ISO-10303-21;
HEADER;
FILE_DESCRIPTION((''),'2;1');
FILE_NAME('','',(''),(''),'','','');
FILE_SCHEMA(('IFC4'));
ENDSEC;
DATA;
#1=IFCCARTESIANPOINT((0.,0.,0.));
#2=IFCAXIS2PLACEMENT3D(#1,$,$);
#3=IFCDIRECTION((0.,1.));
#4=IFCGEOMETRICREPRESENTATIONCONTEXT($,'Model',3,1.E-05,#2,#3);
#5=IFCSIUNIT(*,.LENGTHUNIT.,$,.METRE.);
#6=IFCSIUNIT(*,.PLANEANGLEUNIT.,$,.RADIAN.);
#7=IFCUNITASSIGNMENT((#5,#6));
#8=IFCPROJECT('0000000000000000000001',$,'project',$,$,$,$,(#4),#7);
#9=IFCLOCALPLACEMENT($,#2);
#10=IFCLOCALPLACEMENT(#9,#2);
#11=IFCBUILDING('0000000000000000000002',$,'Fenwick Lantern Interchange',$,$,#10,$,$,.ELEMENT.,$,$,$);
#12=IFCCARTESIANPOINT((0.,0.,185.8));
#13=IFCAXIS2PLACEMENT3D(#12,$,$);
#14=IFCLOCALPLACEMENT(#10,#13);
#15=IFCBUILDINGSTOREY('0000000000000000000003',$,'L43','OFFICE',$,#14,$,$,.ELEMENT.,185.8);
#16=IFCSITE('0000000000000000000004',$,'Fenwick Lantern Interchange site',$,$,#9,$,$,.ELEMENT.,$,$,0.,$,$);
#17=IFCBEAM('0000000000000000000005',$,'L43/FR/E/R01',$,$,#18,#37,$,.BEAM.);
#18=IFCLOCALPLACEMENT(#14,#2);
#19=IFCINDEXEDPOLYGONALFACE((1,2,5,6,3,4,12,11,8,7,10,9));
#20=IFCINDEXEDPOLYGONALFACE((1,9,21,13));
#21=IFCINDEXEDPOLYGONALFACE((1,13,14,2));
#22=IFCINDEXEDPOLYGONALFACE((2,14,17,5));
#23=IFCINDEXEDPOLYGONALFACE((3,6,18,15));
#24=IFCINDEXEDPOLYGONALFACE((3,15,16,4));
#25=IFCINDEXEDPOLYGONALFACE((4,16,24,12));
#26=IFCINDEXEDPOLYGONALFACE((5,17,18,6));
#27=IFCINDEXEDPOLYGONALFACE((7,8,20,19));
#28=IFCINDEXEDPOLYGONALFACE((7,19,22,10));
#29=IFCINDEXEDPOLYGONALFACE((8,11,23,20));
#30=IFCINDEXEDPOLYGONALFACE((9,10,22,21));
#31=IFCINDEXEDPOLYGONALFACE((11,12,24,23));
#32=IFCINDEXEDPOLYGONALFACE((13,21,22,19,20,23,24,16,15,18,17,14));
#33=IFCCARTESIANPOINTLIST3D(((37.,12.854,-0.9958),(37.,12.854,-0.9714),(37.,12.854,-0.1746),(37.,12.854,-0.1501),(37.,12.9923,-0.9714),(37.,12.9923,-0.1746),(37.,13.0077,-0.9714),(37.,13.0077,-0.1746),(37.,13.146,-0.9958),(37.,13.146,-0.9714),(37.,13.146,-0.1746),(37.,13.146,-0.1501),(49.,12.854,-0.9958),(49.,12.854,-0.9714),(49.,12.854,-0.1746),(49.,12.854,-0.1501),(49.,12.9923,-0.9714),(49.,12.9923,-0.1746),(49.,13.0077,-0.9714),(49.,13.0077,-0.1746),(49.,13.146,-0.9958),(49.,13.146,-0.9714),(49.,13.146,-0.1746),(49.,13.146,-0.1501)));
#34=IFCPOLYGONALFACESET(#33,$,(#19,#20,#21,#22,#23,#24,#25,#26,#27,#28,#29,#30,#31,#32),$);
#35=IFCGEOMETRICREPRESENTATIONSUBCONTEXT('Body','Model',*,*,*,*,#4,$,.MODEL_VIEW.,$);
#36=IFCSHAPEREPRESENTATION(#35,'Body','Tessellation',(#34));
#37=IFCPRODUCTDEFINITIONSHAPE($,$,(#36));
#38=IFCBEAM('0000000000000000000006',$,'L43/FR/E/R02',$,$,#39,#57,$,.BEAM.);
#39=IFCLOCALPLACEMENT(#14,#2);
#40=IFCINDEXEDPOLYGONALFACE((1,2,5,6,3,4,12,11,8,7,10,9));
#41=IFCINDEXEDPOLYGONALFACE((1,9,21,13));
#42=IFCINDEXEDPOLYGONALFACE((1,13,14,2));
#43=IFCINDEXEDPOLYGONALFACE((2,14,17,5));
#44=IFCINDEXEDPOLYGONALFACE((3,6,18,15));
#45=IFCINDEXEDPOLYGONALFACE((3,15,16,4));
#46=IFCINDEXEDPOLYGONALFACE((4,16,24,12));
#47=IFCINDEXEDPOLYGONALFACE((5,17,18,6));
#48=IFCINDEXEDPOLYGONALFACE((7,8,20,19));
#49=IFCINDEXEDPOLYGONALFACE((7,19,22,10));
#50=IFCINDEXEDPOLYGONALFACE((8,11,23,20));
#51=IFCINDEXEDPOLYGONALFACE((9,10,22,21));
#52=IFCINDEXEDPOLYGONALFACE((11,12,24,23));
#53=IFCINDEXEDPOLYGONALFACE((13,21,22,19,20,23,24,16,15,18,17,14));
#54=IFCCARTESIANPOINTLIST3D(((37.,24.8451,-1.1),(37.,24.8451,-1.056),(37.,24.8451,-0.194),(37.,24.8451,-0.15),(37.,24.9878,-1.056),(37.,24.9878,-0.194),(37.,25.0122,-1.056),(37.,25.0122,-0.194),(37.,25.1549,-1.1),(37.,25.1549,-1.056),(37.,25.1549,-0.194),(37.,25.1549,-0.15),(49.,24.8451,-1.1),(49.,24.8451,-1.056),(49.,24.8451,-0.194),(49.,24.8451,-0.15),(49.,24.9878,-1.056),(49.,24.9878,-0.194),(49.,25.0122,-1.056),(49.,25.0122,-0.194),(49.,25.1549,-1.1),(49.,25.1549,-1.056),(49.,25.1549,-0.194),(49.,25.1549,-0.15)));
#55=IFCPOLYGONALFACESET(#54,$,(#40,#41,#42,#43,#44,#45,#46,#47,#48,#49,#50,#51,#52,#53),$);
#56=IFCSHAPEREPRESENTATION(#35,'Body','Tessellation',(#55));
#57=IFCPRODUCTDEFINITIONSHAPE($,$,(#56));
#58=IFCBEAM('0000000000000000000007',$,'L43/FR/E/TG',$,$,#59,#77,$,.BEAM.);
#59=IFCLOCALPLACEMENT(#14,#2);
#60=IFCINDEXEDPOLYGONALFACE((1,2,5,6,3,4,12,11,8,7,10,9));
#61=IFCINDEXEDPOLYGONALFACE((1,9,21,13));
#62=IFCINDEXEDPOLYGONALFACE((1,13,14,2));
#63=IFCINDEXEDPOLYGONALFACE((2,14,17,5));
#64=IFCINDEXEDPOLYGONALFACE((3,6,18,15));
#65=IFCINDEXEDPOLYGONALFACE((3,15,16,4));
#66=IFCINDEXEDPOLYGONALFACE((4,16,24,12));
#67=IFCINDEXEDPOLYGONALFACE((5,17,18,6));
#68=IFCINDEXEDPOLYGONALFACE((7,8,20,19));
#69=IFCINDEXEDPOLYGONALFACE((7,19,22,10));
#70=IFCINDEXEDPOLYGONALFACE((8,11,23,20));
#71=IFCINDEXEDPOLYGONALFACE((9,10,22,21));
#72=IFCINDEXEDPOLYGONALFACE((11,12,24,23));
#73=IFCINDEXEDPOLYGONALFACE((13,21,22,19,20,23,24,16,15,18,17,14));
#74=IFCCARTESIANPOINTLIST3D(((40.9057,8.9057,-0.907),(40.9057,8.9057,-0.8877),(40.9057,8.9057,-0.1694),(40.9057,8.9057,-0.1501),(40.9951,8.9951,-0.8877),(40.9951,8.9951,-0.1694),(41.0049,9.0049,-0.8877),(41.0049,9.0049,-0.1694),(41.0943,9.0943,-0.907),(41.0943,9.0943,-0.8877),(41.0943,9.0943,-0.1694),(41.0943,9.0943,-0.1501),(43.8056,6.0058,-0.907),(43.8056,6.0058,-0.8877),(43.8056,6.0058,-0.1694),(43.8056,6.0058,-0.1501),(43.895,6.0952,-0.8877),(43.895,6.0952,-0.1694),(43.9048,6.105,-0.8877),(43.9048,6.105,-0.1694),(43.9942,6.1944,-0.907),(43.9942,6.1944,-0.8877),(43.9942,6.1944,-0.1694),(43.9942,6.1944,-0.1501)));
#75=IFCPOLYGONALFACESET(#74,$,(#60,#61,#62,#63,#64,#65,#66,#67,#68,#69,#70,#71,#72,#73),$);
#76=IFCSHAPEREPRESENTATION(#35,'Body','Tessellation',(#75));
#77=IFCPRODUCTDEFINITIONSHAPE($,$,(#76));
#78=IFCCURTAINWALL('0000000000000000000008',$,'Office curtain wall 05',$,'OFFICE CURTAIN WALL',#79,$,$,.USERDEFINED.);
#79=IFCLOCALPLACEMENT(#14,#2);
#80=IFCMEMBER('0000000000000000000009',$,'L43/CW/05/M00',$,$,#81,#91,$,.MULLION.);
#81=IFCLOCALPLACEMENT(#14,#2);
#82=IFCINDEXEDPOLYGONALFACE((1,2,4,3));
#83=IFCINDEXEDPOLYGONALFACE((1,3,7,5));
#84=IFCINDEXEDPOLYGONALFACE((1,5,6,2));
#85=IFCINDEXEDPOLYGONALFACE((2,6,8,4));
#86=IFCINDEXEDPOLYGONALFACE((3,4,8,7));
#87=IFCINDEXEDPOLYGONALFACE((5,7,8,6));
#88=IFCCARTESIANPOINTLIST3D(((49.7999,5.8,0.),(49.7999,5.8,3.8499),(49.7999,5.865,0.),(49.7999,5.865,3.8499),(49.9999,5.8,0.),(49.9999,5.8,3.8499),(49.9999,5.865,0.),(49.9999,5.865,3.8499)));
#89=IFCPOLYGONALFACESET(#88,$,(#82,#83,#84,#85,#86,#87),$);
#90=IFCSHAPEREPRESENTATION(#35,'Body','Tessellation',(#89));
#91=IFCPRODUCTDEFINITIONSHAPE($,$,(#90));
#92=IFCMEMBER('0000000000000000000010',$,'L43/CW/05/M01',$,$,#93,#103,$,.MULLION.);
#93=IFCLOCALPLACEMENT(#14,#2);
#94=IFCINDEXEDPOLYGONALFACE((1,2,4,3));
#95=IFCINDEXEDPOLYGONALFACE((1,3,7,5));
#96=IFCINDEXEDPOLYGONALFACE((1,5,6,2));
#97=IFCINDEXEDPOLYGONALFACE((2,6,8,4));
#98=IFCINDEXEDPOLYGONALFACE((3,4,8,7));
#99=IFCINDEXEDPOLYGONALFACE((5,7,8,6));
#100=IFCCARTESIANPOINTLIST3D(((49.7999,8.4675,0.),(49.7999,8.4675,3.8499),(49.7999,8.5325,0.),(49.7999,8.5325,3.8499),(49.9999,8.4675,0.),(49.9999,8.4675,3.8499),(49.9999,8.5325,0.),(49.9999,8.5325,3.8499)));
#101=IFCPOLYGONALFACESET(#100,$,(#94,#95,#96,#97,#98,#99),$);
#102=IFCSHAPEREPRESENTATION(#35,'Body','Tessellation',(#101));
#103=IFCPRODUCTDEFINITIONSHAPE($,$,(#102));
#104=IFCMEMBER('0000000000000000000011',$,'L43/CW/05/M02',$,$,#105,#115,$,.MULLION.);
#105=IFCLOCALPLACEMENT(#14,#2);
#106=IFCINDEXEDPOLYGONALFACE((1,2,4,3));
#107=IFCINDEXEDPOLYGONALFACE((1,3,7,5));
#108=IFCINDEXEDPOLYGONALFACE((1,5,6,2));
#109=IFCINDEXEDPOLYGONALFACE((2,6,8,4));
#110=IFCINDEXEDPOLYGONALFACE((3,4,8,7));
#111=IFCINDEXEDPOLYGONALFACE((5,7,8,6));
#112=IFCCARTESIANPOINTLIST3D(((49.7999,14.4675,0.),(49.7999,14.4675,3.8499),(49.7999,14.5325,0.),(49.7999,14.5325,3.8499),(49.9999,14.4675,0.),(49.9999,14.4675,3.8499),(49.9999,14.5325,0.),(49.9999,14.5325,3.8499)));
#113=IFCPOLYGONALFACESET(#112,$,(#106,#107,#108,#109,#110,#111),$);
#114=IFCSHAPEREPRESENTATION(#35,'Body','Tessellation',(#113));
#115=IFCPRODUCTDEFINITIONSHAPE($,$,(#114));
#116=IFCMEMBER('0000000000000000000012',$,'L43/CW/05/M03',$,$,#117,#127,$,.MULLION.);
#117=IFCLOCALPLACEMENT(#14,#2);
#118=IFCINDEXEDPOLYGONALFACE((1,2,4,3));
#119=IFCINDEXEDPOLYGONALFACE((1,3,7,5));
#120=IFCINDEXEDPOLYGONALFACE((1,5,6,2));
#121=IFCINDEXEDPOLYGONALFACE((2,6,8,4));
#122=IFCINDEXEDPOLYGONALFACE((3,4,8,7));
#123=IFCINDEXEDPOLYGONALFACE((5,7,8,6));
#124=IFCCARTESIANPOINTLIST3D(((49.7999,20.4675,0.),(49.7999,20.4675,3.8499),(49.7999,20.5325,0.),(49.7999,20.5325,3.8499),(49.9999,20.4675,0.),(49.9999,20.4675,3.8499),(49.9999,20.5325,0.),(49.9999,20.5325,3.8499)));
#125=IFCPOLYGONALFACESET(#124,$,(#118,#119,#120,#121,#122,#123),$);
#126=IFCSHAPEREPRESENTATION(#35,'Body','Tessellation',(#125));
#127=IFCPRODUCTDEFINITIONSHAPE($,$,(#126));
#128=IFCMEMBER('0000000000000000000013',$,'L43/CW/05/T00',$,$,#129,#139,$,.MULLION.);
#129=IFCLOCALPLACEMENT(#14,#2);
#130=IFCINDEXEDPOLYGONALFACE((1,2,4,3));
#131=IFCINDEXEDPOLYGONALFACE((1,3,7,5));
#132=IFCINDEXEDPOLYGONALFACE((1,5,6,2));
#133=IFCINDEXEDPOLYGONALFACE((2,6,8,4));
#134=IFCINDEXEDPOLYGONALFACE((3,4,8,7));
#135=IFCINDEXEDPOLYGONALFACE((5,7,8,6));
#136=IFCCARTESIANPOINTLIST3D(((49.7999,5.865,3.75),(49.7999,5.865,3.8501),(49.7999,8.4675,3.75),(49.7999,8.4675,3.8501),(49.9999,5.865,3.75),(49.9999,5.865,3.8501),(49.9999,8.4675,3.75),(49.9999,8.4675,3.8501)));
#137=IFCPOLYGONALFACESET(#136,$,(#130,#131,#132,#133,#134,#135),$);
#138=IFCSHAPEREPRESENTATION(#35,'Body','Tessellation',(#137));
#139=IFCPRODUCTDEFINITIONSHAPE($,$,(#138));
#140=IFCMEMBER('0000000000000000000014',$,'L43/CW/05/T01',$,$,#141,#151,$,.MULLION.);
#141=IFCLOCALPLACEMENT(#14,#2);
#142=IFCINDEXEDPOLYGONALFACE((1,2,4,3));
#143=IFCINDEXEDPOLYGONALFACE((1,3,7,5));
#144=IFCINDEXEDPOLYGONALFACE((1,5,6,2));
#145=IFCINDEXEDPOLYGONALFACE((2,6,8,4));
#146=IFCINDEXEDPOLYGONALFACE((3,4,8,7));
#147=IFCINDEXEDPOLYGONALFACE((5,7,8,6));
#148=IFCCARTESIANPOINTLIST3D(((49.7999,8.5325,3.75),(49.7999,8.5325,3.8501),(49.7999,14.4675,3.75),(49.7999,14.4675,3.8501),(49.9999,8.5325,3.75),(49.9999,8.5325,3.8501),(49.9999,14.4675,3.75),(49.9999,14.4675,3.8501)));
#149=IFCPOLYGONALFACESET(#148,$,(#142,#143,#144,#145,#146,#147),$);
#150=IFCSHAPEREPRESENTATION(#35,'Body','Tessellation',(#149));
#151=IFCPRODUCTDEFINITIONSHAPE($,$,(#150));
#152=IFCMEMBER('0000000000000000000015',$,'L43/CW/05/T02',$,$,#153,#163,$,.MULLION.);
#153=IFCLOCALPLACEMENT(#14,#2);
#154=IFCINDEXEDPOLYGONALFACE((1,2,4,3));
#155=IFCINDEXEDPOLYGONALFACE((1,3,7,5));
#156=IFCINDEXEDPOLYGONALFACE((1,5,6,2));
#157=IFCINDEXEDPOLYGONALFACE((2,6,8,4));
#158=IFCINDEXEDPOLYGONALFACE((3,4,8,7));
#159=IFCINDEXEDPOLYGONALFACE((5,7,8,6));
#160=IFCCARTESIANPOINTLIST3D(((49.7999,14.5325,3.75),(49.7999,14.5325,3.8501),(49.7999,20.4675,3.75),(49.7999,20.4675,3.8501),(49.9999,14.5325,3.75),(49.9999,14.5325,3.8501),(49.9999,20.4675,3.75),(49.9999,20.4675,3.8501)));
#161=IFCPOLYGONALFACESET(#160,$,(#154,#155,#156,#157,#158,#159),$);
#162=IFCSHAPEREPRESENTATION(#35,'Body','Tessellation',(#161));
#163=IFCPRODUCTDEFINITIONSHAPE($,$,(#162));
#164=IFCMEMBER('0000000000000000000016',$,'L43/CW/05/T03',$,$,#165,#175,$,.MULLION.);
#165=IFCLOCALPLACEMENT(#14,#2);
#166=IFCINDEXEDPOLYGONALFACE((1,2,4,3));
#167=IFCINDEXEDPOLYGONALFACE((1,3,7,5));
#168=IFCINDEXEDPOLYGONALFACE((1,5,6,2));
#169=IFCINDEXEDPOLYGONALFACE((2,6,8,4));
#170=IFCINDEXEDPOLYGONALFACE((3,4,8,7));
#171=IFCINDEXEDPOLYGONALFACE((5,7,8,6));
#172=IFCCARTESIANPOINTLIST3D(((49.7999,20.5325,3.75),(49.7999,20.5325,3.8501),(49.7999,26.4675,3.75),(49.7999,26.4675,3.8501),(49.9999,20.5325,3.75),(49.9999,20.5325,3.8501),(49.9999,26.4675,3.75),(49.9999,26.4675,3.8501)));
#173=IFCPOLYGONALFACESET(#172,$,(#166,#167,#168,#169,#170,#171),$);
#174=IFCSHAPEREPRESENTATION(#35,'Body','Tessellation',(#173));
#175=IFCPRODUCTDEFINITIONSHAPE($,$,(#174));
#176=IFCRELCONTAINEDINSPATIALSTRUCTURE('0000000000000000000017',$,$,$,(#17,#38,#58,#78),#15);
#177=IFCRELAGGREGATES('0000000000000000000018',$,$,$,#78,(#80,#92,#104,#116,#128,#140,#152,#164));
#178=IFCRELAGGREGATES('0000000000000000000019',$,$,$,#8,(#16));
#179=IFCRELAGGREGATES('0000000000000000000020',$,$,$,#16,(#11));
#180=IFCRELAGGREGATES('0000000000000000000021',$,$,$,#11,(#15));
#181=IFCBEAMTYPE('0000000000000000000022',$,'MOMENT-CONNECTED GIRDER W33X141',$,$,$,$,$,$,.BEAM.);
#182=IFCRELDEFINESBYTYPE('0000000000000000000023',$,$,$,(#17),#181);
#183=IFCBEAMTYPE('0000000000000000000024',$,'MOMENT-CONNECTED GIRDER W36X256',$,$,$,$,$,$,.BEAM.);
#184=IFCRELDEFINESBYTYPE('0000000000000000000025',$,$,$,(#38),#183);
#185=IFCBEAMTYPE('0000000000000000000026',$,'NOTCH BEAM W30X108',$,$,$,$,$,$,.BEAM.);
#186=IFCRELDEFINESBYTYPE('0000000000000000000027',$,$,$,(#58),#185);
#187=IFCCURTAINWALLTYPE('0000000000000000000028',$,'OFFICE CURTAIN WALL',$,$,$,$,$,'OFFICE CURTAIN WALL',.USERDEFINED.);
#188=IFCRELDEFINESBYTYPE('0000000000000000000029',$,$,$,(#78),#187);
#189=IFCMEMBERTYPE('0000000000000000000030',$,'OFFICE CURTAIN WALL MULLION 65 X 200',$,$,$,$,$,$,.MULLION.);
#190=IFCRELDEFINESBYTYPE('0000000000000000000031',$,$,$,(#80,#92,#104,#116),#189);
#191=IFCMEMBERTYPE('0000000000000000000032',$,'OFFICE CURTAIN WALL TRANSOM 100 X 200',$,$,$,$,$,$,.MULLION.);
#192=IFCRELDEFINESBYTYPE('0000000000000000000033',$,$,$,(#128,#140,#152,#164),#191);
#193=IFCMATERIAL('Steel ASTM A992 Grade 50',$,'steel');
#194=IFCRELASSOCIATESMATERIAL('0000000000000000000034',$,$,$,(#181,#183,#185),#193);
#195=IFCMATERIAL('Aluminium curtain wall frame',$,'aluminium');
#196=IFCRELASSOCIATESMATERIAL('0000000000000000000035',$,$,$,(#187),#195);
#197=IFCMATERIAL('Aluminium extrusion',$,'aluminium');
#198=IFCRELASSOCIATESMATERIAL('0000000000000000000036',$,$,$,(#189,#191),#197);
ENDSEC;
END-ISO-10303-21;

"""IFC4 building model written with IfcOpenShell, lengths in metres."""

from ifc_helpers import new_model, si_unit, direction, frame, origin, origin_2d, place, context, subcontext, project, spatial, rectangle, i_section, extrude, material, material_profile, profile_set, type_object, element, aggregate, save


model = new_model("IFC4")

# Units and contexts
model_context = context("Model", 3, precision=1e-05, world=origin(), true_north=direction((0.0, 1.0)))
body_context = subcontext(model_context, "Body", "Model", "MODEL_VIEW")
ifc_project = project(units=[si_unit("LENGTHUNIT", "METRE"), si_unit("PLANEANGLEUNIT", "RADIAN")], contexts=[model_context])

# Site, building, storey
site_placement = place(None, origin())
site = spatial("IfcSite", under=ifc_project, at=site_placement, Name="Fenwick Lantern Interchange site", CompositionType="ELEMENT", RefElevation=0.0)
building_placement = place(site_placement, origin())
building = spatial("IfcBuilding", under=site, at=building_placement, Name="Fenwick Lantern Interchange", CompositionType="ELEMENT")
storey_placement = place(building_placement, frame((0.0, 0.0, 185.8)))
storey = spatial("IfcBuildingStorey", under=building, at=storey_placement, Name="L43", Description="OFFICE", CompositionType="ELEMENT", Elevation=185.8)

# Shared definitions
ifc_material_1 = material(Name="Steel ASTM A992 Grade 50", Category="steel")

# Beams
ifc_material_profile_1 = material_profile(ifc_material_1, i_section(OverallWidth=0.292, OverallDepth=0.8457, WebThickness=0.0154, FlangeThickness=0.0244, at=origin_2d()), Name="W33X141")
ifc_profile_set_1 = profile_set([ifc_material_profile_1], Name="Steel ASTM A992 Grade 50")
beam_type_1 = type_object("IfcBeamType", Name="MOMENT-CONNECTED GIRDER W33X141", PredefinedType="BEAM", material=ifc_profile_set_1)
beam_1_placement = place(storey_placement, frame((49.0, 13.0, -0.573), z_axis=(-1.0, 0.0, 0.0), x_axis=(0.0, -1.0, 0.0)))
element("IfcBeam", 1, at=beam_1_placement, inside=storey, type_object=beam_type_1, Name="L43/FR/E/R01", PredefinedType="BEAM", context=body_context, shape_type="SweptSolid", body=[
    extrude(i_section(OverallWidth=0.292, OverallDepth=0.8457, WebThickness=0.0154, FlangeThickness=0.0244, at=origin_2d()), origin(), (0.0, 0.0, 1.0), 12.0),
])
ifc_material_profile_2 = material_profile(ifc_material_1, i_section(OverallWidth=0.3098, OverallDepth=0.95, WebThickness=0.0244, FlangeThickness=0.0439, at=origin_2d()), Name="W36X256")
ifc_profile_set_2 = profile_set([ifc_material_profile_2], Name="Steel ASTM A992 Grade 50")
beam_type_2 = type_object("IfcBeamType", Name="MOMENT-CONNECTED GIRDER W36X256", PredefinedType="BEAM", material=ifc_profile_set_2)
beam_2_placement = place(storey_placement, frame((49.0, 25.0, -0.625), z_axis=(-1.0, 0.0, 0.0), x_axis=(0.0, -1.0, 0.0)))
element("IfcBeam", 2, at=beam_2_placement, inside=storey, type_object=beam_type_2, Name="L43/FR/E/R02", PredefinedType="BEAM", context=body_context, shape_type="SweptSolid", body=[
    extrude(i_section(OverallWidth=0.3098, OverallDepth=0.95, WebThickness=0.0244, FlangeThickness=0.0439, at=origin_2d()), origin(), (0.0, 0.0, 1.0), 12.0),
])
ifc_material_profile_3 = material_profile(ifc_material_1, i_section(OverallWidth=0.2666, OverallDepth=0.7568, WebThickness=0.0139, FlangeThickness=0.0193, at=origin_2d()), Name="W30X108")
ifc_profile_set_3 = profile_set([ifc_material_profile_3], Name="Steel ASTM A992 Grade 50")
beam_type_3 = type_object("IfcBeamType", Name="NOTCH BEAM W30X108", PredefinedType="BEAM", material=ifc_profile_set_3)
beam_3_placement = place(storey_placement, frame((41.0, 9.0, -0.5286), z_axis=(0.707107, -0.707107, 0.0), x_axis=(0.707107, 0.707107, 0.0)))
element("IfcBeam", 3, at=beam_3_placement, inside=storey, type_object=beam_type_3, Name="L43/FR/E/TG", PredefinedType="BEAM", context=body_context, shape_type="SweptSolid", body=[
    extrude(i_section(OverallWidth=0.2666, OverallDepth=0.7568, WebThickness=0.0139, FlangeThickness=0.0193, at=origin_2d()), origin(), (0.0, 0.0, 1.0), 4.1011),
])

# Curtain wall, members
ifc_material_2 = material(Name="Aluminium curtain wall frame", Category="aluminium")
curtain_wall_type = type_object("IfcCurtainWallType", Name="OFFICE CURTAIN WALL", ElementType="OFFICE CURTAIN WALL", PredefinedType="USERDEFINED", material=ifc_material_2)
curtain_wall_placement = place(storey_placement, origin())
curtain_wall = element("IfcCurtainWall", 4, at=curtain_wall_placement, inside=storey, type_object=curtain_wall_type, Name="Office curtain wall 05", ObjectType="OFFICE CURTAIN WALL", PredefinedType="USERDEFINED")
ifc_material_3 = material(Name="Aluminium extrusion", Category="aluminium")
ifc_material_profile_4 = material_profile(ifc_material_3, rectangle(XDim=0.2, YDim=0.0649, at=origin_2d()), Name="OFFICE CURTAIN WALL MULLION 65 X 200")
ifc_profile_set_4 = profile_set([ifc_material_profile_4], Name="Aluminium extrusion")
member_type_1 = type_object("IfcMemberType", Name="OFFICE CURTAIN WALL MULLION 65 X 200", PredefinedType="MULLION", material=ifc_profile_set_4)
member_1_placement = place(storey_placement, frame((49.8999, 5.8325, 0.0), z_axis=(0.0, 0.0, 1.0), x_axis=(-1.0, 0.0, 0.0)))
member_1 = element("IfcMember", 5, at=member_1_placement, type_object=member_type_1, Name="L43/CW/05/M00", PredefinedType="MULLION", context=body_context, shape_type="SweptSolid", body=[
    extrude(rectangle(XDim=0.2, YDim=0.0649, at=origin_2d()), origin(), (0.0, 0.0, 1.0), 3.8499),
])
member_2_placement = place(storey_placement, frame((49.8999, 8.5, 0.0), z_axis=(0.0, 0.0, 1.0), x_axis=(-1.0, 0.0, 0.0)))
member_2 = element("IfcMember", 6, at=member_2_placement, type_object=member_type_1, Name="L43/CW/05/M01", PredefinedType="MULLION", context=body_context, shape_type="SweptSolid", body=[
    extrude(rectangle(XDim=0.2, YDim=0.0649, at=origin_2d()), origin(), (0.0, 0.0, 1.0), 3.8499),
])
member_3_placement = place(storey_placement, frame((49.8999, 14.5, 0.0), z_axis=(0.0, 0.0, 1.0), x_axis=(-1.0, 0.0, 0.0)))
member_3 = element("IfcMember", 7, at=member_3_placement, type_object=member_type_1, Name="L43/CW/05/M02", PredefinedType="MULLION", context=body_context, shape_type="SweptSolid", body=[
    extrude(rectangle(XDim=0.2, YDim=0.0649, at=origin_2d()), origin(), (0.0, 0.0, 1.0), 3.8499),
])
member_4_placement = place(storey_placement, frame((49.8999, 20.5, 0.0), z_axis=(0.0, 0.0, 1.0), x_axis=(-1.0, 0.0, 0.0)))
member_4 = element("IfcMember", 8, at=member_4_placement, type_object=member_type_1, Name="L43/CW/05/M03", PredefinedType="MULLION", context=body_context, shape_type="SweptSolid", body=[
    extrude(rectangle(XDim=0.2, YDim=0.0649, at=origin_2d()), origin(), (0.0, 0.0, 1.0), 3.8499),
])
ifc_material_profile_5 = material_profile(ifc_material_3, rectangle(XDim=0.2, YDim=0.1001, at=origin_2d()), Name="OFFICE CURTAIN WALL TRANSOM 100 X 200")
ifc_profile_set_5 = profile_set([ifc_material_profile_5], Name="Aluminium extrusion")
member_type_2 = type_object("IfcMemberType", Name="OFFICE CURTAIN WALL TRANSOM 100 X 200", PredefinedType="MULLION", material=ifc_profile_set_5)
member_5_placement = place(storey_placement, frame((49.8999, 5.865, 3.8), z_axis=(0.0, 1.0, 0.0), x_axis=(-1.0, 0.0, 0.0)))
member_5 = element("IfcMember", 9, at=member_5_placement, type_object=member_type_2, Name="L43/CW/05/T00", PredefinedType="MULLION", context=body_context, shape_type="SweptSolid", body=[
    extrude(rectangle(XDim=0.2, YDim=0.1001, at=origin_2d()), origin(), (0.0, 0.0, 1.0), 2.6025),
])
member_6_placement = place(storey_placement, frame((49.8999, 8.5325, 3.8), z_axis=(0.0, 1.0, 0.0), x_axis=(-1.0, 0.0, 0.0)))
member_6 = element("IfcMember", 10, at=member_6_placement, type_object=member_type_2, Name="L43/CW/05/T01", PredefinedType="MULLION", context=body_context, shape_type="SweptSolid", body=[
    extrude(rectangle(XDim=0.2, YDim=0.1001, at=origin_2d()), origin(), (0.0, 0.0, 1.0), 5.9351),
])
member_7_placement = place(storey_placement, frame((49.8999, 14.5325, 3.8), z_axis=(0.0, 1.0, 0.0), x_axis=(-1.0, 0.0, 0.0)))
member_7 = element("IfcMember", 11, at=member_7_placement, type_object=member_type_2, Name="L43/CW/05/T02", PredefinedType="MULLION", context=body_context, shape_type="SweptSolid", body=[
    extrude(rectangle(XDim=0.2, YDim=0.1001, at=origin_2d()), origin(), (0.0, 0.0, 1.0), 5.9351),
])
member_8_placement = place(storey_placement, frame((49.8999, 20.5325, 3.8), z_axis=(0.0, 1.0, 0.0), x_axis=(-1.0, 0.0, 0.0)))
member_8 = element("IfcMember", 12, at=member_8_placement, type_object=member_type_2, Name="L43/CW/05/T03", PredefinedType="MULLION", context=body_context, shape_type="SweptSolid", body=[
    extrude(rectangle(XDim=0.2, YDim=0.1001, at=origin_2d()), origin(), (0.0, 0.0, 1.0), 5.9351),
])
aggregate(curtain_wall, [member_1, member_2, member_3, member_4, member_5, member_6, member_7, member_8])

save(model, "model.ifc")
